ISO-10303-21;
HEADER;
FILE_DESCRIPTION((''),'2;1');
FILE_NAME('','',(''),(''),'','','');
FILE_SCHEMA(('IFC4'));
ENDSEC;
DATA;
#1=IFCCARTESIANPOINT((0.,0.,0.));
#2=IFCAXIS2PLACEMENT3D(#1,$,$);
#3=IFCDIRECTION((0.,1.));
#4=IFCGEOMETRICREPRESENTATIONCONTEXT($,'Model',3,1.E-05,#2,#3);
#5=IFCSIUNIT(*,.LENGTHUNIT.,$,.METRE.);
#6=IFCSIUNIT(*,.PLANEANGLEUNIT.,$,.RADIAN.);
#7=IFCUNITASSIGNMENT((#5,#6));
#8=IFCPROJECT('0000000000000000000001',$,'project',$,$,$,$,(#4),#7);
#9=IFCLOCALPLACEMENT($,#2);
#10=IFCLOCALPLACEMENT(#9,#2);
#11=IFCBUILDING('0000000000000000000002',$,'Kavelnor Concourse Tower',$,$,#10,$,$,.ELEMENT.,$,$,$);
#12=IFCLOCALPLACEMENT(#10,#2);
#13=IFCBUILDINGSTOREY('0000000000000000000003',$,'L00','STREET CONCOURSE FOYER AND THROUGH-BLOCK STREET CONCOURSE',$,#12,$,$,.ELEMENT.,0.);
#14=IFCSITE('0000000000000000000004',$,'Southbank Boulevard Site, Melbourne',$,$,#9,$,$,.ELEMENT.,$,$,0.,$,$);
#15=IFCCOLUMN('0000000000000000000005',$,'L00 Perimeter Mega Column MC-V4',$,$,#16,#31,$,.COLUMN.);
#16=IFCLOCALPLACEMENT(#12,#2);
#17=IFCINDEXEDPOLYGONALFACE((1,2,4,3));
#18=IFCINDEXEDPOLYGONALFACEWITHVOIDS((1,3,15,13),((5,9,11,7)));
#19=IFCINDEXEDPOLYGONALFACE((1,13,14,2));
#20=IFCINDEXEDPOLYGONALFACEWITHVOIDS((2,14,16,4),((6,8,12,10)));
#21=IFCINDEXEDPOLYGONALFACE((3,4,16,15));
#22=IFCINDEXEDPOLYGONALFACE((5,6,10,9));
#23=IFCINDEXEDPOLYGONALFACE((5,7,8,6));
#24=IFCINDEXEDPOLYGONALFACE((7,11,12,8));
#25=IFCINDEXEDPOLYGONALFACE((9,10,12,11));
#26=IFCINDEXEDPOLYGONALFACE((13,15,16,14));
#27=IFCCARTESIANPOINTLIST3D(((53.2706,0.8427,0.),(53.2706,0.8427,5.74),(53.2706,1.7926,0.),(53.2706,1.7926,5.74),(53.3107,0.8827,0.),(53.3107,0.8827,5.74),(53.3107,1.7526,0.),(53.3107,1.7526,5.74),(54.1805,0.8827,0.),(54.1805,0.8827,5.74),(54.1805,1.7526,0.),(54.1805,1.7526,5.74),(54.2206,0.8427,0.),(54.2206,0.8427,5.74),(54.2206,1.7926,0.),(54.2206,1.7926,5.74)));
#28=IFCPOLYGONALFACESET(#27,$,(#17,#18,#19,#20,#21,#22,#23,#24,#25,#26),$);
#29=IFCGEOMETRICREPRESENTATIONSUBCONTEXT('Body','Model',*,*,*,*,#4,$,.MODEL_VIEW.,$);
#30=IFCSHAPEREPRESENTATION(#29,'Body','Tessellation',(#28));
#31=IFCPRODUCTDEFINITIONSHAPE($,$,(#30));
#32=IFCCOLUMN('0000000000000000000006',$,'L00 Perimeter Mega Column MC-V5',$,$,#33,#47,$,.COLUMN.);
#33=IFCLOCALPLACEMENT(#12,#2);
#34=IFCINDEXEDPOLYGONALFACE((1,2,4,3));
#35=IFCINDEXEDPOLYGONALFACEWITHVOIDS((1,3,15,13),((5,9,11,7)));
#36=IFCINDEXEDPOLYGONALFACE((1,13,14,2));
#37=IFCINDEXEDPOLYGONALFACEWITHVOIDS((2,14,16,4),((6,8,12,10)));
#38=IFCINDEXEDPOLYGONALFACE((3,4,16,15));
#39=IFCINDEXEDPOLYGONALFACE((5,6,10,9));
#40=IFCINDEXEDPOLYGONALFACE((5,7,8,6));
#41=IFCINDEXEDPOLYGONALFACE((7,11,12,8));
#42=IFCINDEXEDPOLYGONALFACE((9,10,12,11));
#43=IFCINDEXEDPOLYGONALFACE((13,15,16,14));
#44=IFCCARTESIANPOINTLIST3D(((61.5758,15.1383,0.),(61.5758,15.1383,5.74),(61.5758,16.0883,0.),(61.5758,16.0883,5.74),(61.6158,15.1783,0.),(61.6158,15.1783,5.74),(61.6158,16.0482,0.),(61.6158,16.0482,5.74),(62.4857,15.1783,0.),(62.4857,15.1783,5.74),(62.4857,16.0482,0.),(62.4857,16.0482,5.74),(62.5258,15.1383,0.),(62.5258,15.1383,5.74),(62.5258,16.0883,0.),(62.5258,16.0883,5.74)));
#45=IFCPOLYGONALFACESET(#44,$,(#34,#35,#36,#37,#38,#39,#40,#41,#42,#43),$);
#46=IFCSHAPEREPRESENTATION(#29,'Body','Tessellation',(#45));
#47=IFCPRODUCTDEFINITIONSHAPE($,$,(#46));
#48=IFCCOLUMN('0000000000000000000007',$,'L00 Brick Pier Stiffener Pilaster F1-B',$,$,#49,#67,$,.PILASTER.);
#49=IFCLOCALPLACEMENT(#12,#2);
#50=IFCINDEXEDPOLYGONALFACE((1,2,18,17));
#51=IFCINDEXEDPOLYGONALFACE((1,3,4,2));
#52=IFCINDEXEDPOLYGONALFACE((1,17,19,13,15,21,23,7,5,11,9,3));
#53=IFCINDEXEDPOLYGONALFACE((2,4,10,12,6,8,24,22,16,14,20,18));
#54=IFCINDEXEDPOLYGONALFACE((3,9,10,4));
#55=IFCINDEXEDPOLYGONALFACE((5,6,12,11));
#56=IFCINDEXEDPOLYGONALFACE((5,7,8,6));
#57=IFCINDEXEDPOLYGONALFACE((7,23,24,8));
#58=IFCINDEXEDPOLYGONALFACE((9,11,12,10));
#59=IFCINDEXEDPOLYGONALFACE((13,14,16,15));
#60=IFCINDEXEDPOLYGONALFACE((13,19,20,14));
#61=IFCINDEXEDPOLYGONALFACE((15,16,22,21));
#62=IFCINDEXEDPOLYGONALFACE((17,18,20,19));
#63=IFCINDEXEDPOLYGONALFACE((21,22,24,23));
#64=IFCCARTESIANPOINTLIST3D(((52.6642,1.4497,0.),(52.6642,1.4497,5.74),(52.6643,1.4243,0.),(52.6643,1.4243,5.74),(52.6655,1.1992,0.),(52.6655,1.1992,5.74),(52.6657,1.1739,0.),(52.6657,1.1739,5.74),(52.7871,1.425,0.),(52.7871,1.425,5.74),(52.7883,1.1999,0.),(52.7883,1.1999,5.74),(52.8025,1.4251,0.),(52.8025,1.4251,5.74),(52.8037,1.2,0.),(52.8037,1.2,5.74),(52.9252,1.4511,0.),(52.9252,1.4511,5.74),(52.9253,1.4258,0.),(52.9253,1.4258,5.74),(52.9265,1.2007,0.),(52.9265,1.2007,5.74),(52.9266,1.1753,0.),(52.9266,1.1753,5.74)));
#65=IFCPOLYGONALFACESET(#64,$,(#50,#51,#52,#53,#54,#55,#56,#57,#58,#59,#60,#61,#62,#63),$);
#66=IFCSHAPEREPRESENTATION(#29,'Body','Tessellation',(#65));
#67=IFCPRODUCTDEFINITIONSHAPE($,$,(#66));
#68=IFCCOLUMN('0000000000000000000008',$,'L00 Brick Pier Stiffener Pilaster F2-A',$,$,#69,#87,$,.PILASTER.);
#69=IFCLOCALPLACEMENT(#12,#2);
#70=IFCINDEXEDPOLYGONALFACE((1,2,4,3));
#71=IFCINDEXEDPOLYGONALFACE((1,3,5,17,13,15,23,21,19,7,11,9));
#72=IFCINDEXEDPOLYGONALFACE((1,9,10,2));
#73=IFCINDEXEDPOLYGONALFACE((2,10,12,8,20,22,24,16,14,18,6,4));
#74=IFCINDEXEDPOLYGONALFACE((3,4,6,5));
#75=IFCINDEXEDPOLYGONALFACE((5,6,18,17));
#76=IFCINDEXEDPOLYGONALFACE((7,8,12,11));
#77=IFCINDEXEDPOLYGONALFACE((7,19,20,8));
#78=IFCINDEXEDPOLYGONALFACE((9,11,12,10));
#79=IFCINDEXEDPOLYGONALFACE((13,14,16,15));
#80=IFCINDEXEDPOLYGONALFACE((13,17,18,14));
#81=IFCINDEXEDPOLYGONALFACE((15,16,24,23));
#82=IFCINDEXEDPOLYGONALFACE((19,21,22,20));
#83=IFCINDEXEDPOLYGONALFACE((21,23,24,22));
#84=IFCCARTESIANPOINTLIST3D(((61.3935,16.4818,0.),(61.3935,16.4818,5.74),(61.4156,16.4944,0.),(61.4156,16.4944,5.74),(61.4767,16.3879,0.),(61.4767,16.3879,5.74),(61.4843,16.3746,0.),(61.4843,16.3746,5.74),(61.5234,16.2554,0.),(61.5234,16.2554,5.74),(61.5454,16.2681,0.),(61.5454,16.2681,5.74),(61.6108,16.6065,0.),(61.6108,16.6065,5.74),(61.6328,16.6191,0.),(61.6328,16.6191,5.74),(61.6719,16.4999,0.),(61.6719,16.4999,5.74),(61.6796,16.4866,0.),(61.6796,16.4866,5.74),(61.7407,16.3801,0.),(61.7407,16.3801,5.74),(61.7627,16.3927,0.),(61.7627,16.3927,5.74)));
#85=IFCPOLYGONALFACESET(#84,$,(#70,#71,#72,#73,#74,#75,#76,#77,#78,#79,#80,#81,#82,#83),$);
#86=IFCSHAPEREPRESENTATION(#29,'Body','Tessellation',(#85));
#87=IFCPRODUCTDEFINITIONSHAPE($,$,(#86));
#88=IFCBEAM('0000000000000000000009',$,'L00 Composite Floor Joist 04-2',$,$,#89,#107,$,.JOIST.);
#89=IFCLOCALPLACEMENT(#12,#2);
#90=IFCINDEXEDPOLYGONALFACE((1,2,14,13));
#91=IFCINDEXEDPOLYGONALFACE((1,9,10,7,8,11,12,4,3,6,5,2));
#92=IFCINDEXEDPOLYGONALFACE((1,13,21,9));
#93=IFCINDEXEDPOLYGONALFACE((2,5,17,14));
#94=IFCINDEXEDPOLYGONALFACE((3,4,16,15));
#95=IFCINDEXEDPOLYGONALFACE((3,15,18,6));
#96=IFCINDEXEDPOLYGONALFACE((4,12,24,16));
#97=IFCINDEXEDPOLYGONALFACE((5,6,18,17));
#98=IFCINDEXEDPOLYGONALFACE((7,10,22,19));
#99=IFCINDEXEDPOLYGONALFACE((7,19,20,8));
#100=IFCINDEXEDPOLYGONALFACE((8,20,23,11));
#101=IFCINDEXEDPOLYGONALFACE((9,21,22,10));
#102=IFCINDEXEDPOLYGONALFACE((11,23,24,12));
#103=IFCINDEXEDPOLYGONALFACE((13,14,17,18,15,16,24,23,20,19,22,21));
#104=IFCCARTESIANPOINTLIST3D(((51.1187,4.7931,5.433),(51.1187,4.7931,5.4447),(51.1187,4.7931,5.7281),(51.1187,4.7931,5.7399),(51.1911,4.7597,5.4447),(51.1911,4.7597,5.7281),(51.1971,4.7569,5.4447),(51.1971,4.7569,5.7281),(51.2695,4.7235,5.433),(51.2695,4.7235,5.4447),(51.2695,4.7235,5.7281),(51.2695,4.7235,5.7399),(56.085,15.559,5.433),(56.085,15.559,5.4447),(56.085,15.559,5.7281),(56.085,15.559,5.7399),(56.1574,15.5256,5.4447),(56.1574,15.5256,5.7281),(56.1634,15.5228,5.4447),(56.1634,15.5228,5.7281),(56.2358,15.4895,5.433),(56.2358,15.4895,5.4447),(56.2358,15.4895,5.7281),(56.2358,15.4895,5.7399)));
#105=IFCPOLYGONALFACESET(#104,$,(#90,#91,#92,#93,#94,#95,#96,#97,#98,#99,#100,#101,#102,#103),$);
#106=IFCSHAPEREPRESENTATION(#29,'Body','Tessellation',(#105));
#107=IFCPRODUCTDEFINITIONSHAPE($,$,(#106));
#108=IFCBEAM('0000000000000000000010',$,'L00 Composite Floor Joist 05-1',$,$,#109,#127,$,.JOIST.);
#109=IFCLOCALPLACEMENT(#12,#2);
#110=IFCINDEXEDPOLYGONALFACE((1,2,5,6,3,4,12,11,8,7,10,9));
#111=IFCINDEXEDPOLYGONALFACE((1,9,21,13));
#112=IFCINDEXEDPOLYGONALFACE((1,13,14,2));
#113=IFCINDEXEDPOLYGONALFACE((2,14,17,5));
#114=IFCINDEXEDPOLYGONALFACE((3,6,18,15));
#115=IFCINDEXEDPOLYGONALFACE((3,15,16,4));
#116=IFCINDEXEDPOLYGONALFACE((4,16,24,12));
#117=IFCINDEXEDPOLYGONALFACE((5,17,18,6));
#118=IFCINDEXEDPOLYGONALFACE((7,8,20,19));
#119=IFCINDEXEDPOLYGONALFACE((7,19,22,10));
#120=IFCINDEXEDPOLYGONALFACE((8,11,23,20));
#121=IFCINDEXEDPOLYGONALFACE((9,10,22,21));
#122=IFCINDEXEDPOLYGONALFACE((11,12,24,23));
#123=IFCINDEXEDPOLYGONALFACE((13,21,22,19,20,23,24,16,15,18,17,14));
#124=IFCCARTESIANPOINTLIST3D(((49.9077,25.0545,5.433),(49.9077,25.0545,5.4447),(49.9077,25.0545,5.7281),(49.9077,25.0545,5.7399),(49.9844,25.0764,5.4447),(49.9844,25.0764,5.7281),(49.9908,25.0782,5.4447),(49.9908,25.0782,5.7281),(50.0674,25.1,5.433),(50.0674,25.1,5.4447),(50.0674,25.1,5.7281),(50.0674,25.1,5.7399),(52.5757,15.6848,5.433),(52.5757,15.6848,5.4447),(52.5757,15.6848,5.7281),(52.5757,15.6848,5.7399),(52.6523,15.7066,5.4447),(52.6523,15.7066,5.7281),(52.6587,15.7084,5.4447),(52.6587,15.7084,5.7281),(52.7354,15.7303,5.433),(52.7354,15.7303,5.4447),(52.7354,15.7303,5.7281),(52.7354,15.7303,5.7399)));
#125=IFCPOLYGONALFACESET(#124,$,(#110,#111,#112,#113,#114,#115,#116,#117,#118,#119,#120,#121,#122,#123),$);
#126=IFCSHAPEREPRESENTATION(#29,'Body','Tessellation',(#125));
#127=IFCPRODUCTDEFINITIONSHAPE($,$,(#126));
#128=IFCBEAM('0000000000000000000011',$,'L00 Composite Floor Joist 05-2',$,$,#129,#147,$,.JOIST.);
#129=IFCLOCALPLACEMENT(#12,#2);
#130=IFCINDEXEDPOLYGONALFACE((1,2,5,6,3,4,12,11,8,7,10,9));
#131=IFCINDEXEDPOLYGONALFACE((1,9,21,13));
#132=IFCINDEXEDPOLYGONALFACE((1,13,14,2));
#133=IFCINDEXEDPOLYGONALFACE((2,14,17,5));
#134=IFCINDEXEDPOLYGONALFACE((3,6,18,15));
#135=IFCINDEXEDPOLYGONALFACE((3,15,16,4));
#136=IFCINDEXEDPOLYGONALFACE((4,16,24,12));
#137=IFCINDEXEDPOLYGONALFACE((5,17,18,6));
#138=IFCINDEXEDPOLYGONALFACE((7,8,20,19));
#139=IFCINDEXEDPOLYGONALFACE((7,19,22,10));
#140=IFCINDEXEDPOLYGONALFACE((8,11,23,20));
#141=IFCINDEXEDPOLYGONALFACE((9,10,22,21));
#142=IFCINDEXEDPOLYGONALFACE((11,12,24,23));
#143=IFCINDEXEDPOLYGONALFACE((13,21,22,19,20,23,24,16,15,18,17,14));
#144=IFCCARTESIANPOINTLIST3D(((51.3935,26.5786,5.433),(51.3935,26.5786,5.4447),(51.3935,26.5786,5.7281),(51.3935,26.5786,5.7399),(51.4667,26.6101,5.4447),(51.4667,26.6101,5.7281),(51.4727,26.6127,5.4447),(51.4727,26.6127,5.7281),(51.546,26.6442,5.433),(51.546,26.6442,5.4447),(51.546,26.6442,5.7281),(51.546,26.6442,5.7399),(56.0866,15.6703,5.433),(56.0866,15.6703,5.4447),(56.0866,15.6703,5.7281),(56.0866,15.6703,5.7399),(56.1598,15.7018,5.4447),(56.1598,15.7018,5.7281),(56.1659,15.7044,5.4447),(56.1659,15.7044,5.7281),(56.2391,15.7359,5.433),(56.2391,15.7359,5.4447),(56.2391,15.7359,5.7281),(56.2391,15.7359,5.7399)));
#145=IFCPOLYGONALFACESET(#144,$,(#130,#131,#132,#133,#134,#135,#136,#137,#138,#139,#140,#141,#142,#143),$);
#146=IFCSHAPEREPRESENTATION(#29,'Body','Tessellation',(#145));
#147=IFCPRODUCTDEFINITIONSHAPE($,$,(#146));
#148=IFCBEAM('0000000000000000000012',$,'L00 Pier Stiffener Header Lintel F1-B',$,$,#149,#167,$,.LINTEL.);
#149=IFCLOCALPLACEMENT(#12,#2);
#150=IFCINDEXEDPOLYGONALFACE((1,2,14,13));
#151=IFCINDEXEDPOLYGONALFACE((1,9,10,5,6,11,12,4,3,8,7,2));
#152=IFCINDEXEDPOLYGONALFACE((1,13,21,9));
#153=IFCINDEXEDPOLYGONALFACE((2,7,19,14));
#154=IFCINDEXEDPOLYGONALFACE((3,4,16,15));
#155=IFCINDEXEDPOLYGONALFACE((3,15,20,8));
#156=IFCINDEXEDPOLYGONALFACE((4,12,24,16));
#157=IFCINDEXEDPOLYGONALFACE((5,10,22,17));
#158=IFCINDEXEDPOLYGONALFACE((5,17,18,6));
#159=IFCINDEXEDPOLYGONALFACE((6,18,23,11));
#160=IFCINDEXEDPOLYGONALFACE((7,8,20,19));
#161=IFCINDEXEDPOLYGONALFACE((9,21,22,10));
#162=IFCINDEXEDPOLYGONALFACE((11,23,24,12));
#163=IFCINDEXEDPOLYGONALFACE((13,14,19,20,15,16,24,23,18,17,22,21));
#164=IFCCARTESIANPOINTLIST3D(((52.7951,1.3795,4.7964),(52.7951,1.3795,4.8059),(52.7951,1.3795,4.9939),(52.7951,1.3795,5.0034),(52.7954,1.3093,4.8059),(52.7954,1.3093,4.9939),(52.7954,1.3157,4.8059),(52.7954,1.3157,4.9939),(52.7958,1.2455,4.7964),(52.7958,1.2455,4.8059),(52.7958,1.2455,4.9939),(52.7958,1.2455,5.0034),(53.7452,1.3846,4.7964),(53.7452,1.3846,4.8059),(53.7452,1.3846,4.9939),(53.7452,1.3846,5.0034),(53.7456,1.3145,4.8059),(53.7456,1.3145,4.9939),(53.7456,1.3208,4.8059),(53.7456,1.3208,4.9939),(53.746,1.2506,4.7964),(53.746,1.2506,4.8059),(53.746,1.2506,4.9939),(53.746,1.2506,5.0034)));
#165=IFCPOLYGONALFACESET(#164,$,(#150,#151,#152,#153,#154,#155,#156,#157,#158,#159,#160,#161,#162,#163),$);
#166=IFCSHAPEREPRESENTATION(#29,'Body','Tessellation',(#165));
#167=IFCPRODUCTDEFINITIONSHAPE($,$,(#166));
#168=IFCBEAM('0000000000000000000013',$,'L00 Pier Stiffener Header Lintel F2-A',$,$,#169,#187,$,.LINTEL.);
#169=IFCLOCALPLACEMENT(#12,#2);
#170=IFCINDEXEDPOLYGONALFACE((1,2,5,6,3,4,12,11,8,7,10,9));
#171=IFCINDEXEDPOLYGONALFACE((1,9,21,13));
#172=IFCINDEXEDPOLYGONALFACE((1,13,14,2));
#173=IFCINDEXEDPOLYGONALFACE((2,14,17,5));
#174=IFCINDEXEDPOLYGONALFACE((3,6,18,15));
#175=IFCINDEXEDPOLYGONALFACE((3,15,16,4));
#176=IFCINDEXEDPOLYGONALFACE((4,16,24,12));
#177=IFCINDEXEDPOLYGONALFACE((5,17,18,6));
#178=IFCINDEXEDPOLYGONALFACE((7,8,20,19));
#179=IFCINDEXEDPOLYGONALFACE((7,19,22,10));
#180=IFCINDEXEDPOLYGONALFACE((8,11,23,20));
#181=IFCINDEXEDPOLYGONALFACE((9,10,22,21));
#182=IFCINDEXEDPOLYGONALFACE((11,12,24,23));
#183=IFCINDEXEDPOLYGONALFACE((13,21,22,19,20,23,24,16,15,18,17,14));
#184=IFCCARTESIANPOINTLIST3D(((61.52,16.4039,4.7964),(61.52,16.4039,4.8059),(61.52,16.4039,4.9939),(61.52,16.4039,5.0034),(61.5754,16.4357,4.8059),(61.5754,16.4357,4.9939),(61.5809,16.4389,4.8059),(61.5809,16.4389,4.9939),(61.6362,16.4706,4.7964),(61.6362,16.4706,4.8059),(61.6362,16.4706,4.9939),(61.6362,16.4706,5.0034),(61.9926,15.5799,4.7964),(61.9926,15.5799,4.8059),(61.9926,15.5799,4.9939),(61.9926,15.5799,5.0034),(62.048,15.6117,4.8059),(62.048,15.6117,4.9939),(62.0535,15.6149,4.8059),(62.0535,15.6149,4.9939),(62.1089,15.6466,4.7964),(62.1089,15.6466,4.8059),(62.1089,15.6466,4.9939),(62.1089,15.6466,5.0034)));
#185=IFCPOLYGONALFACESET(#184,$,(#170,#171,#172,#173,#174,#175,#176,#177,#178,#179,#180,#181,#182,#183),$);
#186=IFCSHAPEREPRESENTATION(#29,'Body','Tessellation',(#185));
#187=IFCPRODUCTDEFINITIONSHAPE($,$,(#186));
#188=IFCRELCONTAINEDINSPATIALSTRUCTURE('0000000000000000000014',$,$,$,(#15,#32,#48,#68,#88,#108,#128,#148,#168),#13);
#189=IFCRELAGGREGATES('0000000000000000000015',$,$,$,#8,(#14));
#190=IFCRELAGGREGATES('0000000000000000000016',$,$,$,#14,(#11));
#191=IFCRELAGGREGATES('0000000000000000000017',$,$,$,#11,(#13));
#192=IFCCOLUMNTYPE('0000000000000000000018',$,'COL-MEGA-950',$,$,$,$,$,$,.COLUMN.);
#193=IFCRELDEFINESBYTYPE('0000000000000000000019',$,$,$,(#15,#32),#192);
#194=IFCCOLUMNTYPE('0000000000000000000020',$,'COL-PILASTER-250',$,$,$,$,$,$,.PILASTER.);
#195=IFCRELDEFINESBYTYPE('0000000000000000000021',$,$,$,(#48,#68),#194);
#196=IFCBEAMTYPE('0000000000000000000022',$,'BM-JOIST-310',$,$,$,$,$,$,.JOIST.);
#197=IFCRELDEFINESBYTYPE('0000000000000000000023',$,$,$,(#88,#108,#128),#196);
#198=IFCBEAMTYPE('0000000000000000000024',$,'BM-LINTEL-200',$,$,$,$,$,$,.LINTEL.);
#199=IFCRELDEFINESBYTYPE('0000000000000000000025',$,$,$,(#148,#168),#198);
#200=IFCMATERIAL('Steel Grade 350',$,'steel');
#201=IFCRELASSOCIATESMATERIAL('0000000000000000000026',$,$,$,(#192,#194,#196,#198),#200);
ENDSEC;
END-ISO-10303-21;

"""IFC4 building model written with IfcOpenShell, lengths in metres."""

from ifc_helpers import new_model, si_unit, direction, frame, origin, origin_2d, place, context, subcontext, project, spatial, hollow_rectangle, i_section, extrude, material, material_profile, profile_set, type_object, element, save


model = new_model("IFC4")

# Units and contexts
model_context = context("Model", 3, precision=1e-05, world=origin(), true_north=direction((0.0, 1.0)))
body_context = subcontext(model_context, "Body", "Model", "MODEL_VIEW")
ifc_project = project(units=[si_unit("LENGTHUNIT", "METRE"), si_unit("PLANEANGLEUNIT", "RADIAN")], contexts=[model_context])

# Site, building, storey
site_placement = place(None, origin())
site = spatial("IfcSite", under=ifc_project, at=site_placement, Name="Southbank Boulevard Site, Melbourne", CompositionType="ELEMENT", RefElevation=0.0)
building_placement = place(site_placement, origin())
building = spatial("IfcBuilding", under=site, at=building_placement, Name="Kavelnor Concourse Tower", CompositionType="ELEMENT")
storey_placement = place(building_placement, origin())
storey = spatial("IfcBuildingStorey", under=building, at=storey_placement, Name="L00", Description="STREET CONCOURSE FOYER AND THROUGH-BLOCK STREET CONCOURSE", CompositionType="ELEMENT", Elevation=0.0)

# Columns
ifc_material_1 = material(Name="Steel Grade 350", Category="steel")
ifc_material_profile_1 = material_profile(ifc_material_1, hollow_rectangle(XDim=0.95, YDim=0.95, WallThickness=0.04, at=origin_2d()), Name="SHS 950x950x40")
ifc_profile_set_1 = profile_set([ifc_material_profile_1], Name="Steel Grade 350")
column_type_1 = type_object("IfcColumnType", Name="COL-MEGA-950", PredefinedType="COLUMN", material=ifc_profile_set_1)
for number, where, z_axis, x_axis, name in (
    (1, (53.7456, 1.3176, 0.0), (0.0, 0.0, 1.0), (1.0, 0.0, 0.0), "L00 Perimeter Mega Column MC-V4"),
    (2, (62.0508, 15.6133, 0.0), (0.0, 0.0, 1.0), (1.0, 0.0, 0.0), "L00 Perimeter Mega Column MC-V5"),
):
    element("IfcColumn", number, at=place(storey_placement, frame(where, z_axis=z_axis, x_axis=x_axis)), inside=storey, type_object=column_type_1, Name=name, PredefinedType="COLUMN", context=body_context, shape_type="SweptSolid", body=[
        extrude(hollow_rectangle(XDim=0.95, YDim=0.95, WallThickness=0.04, at=origin_2d()), origin(), (0.0, 0.0, 1.0), 5.74),
    ])
ifc_material_profile_2 = material_profile(ifc_material_1, i_section(OverallWidth=0.261, OverallDepth=0.2759, WebThickness=0.0154, FlangeThickness=0.0254, at=origin_2d()), Name="UC 254x254x132")
ifc_profile_set_2 = profile_set([ifc_material_profile_2], Name="Steel Grade 350")
column_type_2 = type_object("IfcColumnType", Name="COL-PILASTER-250", PredefinedType="PILASTER", material=ifc_profile_set_2)
for number, where, z_axis, x_axis, name in (
    (3, (52.7954, 1.3125, 0.0), (0.0, 0.0, 1.0), (0.999985, 0.00541, 0.0), "L00 Brick Pier Stiffener Pilaster F1-B"),
    (4, (61.5781, 16.4373, 0.0), (0.0, 0.0, 1.0), (-0.49758, 0.867418, 0.0), "L00 Brick Pier Stiffener Pilaster F2-A"),
):
    element("IfcColumn", number, at=place(storey_placement, frame(where, z_axis=z_axis, x_axis=x_axis)), inside=storey, type_object=column_type_2, Name=name, PredefinedType="PILASTER", context=body_context, shape_type="SweptSolid", body=[
        extrude(i_section(OverallWidth=0.261, OverallDepth=0.2759, WebThickness=0.0154, FlangeThickness=0.0254, at=origin_2d()), origin(), (0.0, 0.0, 1.0), 5.74),
    ])

# Beams
ifc_material_profile_3 = material_profile(ifc_material_1, i_section(OverallWidth=0.166, OverallDepth=0.3069, WebThickness=0.0066, FlangeThickness=0.0117, at=origin_2d()), Name="310UB46")
ifc_profile_set_3 = profile_set([ifc_material_profile_3], Name="Steel Grade 350")
beam_type_1 = type_object("IfcBeamType", Name="BM-JOIST-310", PredefinedType="JOIST", material=ifc_profile_set_3)
beam_1_placement = place(storey_placement, frame((51.1941, 4.7583, 5.5864), z_axis=(0.418881, 0.908041, 0.0), x_axis=(-0.908041, 0.418881, 0.0)))
element("IfcBeam", 5, at=beam_1_placement, inside=storey, type_object=beam_type_1, Name="L00 Composite Floor Joist 04-2", PredefinedType="JOIST", context=body_context, shape_type="SweptSolid", body=[
    extrude(i_section(OverallWidth=0.166, OverallDepth=0.3069, WebThickness=0.0066, FlangeThickness=0.0117, at=origin_2d()), origin(), (0.0, 0.0, 1.0), 11.8562),
])
beam_2_placement = place(storey_placement, frame((52.6555, 15.7075, 5.5864), z_axis=(-0.273854, 0.961771, 0.0), x_axis=(-0.961771, -0.273854, 0.0)))
element("IfcBeam", 6, at=beam_2_placement, inside=storey, type_object=beam_type_1, Name="L00 Composite Floor Joist 05-1", PredefinedType="JOIST", context=body_context, shape_type="SweptSolid", body=[
    extrude(i_section(OverallWidth=0.166, OverallDepth=0.3069, WebThickness=0.0066, FlangeThickness=0.0117, at=origin_2d()), origin(), (0.0, 0.0, 1.0), 9.7422),
])
beam_3_placement = place(storey_placement, frame((56.1628, 15.7031, 5.5864), z_axis=(-0.395212, 0.91859, 0.0), x_axis=(-0.91859, -0.395212, 0.0)))
element("IfcBeam", 7, at=beam_3_placement, inside=storey, type_object=beam_type_1, Name="L00 Composite Floor Joist 05-2", PredefinedType="JOIST", context=body_context, shape_type="SweptSolid", body=[
    extrude(i_section(OverallWidth=0.166, OverallDepth=0.3069, WebThickness=0.0066, FlangeThickness=0.0117, at=origin_2d()), origin(), (0.0, 0.0, 1.0), 11.875),
])
ifc_material_profile_4 = material_profile(ifc_material_1, i_section(OverallWidth=0.134, OverallDepth=0.207, WebThickness=0.0063, FlangeThickness=0.0095, at=origin_2d()), Name="200UB29")
ifc_profile_set_4 = profile_set([ifc_material_profile_4], Name="Steel Grade 350")
beam_type_2 = type_object("IfcBeamType", Name="BM-LINTEL-200", PredefinedType="LINTEL", material=ifc_profile_set_4)
beam_4_placement = place(storey_placement, frame((53.7456, 1.3176, 4.8999), z_axis=(-0.999985, -0.005396, 0.0), x_axis=(0.005396, -0.999985, 0.0)))
element("IfcBeam", 8, at=beam_4_placement, inside=storey, type_object=beam_type_2, Name="L00 Pier Stiffener Header Lintel F1-B", PredefinedType="LINTEL", context=body_context, shape_type="SweptSolid", body=[
    extrude(i_section(OverallWidth=0.134, OverallDepth=0.207, WebThickness=0.0063, FlangeThickness=0.0095, at=origin_2d()), origin(), (0.0, 0.0, 1.0), 0.9502),
])
beam_5_placement = place(storey_placement, frame((62.0508, 15.6133, 4.8999), z_axis=(-0.497578, 0.86742, 0.0), x_axis=(-0.86742, -0.497578, 0.0)))
element("IfcBeam", 9, at=beam_5_placement, inside=storey, type_object=beam_type_2, Name="L00 Pier Stiffener Header Lintel F2-A", PredefinedType="LINTEL", context=body_context, shape_type="SweptSolid", body=[
    extrude(i_section(OverallWidth=0.134, OverallDepth=0.207, WebThickness=0.0063, FlangeThickness=0.0095, at=origin_2d()), origin(), (0.0, 0.0, 1.0), 0.95),
])

save(model, "model.ifc")
